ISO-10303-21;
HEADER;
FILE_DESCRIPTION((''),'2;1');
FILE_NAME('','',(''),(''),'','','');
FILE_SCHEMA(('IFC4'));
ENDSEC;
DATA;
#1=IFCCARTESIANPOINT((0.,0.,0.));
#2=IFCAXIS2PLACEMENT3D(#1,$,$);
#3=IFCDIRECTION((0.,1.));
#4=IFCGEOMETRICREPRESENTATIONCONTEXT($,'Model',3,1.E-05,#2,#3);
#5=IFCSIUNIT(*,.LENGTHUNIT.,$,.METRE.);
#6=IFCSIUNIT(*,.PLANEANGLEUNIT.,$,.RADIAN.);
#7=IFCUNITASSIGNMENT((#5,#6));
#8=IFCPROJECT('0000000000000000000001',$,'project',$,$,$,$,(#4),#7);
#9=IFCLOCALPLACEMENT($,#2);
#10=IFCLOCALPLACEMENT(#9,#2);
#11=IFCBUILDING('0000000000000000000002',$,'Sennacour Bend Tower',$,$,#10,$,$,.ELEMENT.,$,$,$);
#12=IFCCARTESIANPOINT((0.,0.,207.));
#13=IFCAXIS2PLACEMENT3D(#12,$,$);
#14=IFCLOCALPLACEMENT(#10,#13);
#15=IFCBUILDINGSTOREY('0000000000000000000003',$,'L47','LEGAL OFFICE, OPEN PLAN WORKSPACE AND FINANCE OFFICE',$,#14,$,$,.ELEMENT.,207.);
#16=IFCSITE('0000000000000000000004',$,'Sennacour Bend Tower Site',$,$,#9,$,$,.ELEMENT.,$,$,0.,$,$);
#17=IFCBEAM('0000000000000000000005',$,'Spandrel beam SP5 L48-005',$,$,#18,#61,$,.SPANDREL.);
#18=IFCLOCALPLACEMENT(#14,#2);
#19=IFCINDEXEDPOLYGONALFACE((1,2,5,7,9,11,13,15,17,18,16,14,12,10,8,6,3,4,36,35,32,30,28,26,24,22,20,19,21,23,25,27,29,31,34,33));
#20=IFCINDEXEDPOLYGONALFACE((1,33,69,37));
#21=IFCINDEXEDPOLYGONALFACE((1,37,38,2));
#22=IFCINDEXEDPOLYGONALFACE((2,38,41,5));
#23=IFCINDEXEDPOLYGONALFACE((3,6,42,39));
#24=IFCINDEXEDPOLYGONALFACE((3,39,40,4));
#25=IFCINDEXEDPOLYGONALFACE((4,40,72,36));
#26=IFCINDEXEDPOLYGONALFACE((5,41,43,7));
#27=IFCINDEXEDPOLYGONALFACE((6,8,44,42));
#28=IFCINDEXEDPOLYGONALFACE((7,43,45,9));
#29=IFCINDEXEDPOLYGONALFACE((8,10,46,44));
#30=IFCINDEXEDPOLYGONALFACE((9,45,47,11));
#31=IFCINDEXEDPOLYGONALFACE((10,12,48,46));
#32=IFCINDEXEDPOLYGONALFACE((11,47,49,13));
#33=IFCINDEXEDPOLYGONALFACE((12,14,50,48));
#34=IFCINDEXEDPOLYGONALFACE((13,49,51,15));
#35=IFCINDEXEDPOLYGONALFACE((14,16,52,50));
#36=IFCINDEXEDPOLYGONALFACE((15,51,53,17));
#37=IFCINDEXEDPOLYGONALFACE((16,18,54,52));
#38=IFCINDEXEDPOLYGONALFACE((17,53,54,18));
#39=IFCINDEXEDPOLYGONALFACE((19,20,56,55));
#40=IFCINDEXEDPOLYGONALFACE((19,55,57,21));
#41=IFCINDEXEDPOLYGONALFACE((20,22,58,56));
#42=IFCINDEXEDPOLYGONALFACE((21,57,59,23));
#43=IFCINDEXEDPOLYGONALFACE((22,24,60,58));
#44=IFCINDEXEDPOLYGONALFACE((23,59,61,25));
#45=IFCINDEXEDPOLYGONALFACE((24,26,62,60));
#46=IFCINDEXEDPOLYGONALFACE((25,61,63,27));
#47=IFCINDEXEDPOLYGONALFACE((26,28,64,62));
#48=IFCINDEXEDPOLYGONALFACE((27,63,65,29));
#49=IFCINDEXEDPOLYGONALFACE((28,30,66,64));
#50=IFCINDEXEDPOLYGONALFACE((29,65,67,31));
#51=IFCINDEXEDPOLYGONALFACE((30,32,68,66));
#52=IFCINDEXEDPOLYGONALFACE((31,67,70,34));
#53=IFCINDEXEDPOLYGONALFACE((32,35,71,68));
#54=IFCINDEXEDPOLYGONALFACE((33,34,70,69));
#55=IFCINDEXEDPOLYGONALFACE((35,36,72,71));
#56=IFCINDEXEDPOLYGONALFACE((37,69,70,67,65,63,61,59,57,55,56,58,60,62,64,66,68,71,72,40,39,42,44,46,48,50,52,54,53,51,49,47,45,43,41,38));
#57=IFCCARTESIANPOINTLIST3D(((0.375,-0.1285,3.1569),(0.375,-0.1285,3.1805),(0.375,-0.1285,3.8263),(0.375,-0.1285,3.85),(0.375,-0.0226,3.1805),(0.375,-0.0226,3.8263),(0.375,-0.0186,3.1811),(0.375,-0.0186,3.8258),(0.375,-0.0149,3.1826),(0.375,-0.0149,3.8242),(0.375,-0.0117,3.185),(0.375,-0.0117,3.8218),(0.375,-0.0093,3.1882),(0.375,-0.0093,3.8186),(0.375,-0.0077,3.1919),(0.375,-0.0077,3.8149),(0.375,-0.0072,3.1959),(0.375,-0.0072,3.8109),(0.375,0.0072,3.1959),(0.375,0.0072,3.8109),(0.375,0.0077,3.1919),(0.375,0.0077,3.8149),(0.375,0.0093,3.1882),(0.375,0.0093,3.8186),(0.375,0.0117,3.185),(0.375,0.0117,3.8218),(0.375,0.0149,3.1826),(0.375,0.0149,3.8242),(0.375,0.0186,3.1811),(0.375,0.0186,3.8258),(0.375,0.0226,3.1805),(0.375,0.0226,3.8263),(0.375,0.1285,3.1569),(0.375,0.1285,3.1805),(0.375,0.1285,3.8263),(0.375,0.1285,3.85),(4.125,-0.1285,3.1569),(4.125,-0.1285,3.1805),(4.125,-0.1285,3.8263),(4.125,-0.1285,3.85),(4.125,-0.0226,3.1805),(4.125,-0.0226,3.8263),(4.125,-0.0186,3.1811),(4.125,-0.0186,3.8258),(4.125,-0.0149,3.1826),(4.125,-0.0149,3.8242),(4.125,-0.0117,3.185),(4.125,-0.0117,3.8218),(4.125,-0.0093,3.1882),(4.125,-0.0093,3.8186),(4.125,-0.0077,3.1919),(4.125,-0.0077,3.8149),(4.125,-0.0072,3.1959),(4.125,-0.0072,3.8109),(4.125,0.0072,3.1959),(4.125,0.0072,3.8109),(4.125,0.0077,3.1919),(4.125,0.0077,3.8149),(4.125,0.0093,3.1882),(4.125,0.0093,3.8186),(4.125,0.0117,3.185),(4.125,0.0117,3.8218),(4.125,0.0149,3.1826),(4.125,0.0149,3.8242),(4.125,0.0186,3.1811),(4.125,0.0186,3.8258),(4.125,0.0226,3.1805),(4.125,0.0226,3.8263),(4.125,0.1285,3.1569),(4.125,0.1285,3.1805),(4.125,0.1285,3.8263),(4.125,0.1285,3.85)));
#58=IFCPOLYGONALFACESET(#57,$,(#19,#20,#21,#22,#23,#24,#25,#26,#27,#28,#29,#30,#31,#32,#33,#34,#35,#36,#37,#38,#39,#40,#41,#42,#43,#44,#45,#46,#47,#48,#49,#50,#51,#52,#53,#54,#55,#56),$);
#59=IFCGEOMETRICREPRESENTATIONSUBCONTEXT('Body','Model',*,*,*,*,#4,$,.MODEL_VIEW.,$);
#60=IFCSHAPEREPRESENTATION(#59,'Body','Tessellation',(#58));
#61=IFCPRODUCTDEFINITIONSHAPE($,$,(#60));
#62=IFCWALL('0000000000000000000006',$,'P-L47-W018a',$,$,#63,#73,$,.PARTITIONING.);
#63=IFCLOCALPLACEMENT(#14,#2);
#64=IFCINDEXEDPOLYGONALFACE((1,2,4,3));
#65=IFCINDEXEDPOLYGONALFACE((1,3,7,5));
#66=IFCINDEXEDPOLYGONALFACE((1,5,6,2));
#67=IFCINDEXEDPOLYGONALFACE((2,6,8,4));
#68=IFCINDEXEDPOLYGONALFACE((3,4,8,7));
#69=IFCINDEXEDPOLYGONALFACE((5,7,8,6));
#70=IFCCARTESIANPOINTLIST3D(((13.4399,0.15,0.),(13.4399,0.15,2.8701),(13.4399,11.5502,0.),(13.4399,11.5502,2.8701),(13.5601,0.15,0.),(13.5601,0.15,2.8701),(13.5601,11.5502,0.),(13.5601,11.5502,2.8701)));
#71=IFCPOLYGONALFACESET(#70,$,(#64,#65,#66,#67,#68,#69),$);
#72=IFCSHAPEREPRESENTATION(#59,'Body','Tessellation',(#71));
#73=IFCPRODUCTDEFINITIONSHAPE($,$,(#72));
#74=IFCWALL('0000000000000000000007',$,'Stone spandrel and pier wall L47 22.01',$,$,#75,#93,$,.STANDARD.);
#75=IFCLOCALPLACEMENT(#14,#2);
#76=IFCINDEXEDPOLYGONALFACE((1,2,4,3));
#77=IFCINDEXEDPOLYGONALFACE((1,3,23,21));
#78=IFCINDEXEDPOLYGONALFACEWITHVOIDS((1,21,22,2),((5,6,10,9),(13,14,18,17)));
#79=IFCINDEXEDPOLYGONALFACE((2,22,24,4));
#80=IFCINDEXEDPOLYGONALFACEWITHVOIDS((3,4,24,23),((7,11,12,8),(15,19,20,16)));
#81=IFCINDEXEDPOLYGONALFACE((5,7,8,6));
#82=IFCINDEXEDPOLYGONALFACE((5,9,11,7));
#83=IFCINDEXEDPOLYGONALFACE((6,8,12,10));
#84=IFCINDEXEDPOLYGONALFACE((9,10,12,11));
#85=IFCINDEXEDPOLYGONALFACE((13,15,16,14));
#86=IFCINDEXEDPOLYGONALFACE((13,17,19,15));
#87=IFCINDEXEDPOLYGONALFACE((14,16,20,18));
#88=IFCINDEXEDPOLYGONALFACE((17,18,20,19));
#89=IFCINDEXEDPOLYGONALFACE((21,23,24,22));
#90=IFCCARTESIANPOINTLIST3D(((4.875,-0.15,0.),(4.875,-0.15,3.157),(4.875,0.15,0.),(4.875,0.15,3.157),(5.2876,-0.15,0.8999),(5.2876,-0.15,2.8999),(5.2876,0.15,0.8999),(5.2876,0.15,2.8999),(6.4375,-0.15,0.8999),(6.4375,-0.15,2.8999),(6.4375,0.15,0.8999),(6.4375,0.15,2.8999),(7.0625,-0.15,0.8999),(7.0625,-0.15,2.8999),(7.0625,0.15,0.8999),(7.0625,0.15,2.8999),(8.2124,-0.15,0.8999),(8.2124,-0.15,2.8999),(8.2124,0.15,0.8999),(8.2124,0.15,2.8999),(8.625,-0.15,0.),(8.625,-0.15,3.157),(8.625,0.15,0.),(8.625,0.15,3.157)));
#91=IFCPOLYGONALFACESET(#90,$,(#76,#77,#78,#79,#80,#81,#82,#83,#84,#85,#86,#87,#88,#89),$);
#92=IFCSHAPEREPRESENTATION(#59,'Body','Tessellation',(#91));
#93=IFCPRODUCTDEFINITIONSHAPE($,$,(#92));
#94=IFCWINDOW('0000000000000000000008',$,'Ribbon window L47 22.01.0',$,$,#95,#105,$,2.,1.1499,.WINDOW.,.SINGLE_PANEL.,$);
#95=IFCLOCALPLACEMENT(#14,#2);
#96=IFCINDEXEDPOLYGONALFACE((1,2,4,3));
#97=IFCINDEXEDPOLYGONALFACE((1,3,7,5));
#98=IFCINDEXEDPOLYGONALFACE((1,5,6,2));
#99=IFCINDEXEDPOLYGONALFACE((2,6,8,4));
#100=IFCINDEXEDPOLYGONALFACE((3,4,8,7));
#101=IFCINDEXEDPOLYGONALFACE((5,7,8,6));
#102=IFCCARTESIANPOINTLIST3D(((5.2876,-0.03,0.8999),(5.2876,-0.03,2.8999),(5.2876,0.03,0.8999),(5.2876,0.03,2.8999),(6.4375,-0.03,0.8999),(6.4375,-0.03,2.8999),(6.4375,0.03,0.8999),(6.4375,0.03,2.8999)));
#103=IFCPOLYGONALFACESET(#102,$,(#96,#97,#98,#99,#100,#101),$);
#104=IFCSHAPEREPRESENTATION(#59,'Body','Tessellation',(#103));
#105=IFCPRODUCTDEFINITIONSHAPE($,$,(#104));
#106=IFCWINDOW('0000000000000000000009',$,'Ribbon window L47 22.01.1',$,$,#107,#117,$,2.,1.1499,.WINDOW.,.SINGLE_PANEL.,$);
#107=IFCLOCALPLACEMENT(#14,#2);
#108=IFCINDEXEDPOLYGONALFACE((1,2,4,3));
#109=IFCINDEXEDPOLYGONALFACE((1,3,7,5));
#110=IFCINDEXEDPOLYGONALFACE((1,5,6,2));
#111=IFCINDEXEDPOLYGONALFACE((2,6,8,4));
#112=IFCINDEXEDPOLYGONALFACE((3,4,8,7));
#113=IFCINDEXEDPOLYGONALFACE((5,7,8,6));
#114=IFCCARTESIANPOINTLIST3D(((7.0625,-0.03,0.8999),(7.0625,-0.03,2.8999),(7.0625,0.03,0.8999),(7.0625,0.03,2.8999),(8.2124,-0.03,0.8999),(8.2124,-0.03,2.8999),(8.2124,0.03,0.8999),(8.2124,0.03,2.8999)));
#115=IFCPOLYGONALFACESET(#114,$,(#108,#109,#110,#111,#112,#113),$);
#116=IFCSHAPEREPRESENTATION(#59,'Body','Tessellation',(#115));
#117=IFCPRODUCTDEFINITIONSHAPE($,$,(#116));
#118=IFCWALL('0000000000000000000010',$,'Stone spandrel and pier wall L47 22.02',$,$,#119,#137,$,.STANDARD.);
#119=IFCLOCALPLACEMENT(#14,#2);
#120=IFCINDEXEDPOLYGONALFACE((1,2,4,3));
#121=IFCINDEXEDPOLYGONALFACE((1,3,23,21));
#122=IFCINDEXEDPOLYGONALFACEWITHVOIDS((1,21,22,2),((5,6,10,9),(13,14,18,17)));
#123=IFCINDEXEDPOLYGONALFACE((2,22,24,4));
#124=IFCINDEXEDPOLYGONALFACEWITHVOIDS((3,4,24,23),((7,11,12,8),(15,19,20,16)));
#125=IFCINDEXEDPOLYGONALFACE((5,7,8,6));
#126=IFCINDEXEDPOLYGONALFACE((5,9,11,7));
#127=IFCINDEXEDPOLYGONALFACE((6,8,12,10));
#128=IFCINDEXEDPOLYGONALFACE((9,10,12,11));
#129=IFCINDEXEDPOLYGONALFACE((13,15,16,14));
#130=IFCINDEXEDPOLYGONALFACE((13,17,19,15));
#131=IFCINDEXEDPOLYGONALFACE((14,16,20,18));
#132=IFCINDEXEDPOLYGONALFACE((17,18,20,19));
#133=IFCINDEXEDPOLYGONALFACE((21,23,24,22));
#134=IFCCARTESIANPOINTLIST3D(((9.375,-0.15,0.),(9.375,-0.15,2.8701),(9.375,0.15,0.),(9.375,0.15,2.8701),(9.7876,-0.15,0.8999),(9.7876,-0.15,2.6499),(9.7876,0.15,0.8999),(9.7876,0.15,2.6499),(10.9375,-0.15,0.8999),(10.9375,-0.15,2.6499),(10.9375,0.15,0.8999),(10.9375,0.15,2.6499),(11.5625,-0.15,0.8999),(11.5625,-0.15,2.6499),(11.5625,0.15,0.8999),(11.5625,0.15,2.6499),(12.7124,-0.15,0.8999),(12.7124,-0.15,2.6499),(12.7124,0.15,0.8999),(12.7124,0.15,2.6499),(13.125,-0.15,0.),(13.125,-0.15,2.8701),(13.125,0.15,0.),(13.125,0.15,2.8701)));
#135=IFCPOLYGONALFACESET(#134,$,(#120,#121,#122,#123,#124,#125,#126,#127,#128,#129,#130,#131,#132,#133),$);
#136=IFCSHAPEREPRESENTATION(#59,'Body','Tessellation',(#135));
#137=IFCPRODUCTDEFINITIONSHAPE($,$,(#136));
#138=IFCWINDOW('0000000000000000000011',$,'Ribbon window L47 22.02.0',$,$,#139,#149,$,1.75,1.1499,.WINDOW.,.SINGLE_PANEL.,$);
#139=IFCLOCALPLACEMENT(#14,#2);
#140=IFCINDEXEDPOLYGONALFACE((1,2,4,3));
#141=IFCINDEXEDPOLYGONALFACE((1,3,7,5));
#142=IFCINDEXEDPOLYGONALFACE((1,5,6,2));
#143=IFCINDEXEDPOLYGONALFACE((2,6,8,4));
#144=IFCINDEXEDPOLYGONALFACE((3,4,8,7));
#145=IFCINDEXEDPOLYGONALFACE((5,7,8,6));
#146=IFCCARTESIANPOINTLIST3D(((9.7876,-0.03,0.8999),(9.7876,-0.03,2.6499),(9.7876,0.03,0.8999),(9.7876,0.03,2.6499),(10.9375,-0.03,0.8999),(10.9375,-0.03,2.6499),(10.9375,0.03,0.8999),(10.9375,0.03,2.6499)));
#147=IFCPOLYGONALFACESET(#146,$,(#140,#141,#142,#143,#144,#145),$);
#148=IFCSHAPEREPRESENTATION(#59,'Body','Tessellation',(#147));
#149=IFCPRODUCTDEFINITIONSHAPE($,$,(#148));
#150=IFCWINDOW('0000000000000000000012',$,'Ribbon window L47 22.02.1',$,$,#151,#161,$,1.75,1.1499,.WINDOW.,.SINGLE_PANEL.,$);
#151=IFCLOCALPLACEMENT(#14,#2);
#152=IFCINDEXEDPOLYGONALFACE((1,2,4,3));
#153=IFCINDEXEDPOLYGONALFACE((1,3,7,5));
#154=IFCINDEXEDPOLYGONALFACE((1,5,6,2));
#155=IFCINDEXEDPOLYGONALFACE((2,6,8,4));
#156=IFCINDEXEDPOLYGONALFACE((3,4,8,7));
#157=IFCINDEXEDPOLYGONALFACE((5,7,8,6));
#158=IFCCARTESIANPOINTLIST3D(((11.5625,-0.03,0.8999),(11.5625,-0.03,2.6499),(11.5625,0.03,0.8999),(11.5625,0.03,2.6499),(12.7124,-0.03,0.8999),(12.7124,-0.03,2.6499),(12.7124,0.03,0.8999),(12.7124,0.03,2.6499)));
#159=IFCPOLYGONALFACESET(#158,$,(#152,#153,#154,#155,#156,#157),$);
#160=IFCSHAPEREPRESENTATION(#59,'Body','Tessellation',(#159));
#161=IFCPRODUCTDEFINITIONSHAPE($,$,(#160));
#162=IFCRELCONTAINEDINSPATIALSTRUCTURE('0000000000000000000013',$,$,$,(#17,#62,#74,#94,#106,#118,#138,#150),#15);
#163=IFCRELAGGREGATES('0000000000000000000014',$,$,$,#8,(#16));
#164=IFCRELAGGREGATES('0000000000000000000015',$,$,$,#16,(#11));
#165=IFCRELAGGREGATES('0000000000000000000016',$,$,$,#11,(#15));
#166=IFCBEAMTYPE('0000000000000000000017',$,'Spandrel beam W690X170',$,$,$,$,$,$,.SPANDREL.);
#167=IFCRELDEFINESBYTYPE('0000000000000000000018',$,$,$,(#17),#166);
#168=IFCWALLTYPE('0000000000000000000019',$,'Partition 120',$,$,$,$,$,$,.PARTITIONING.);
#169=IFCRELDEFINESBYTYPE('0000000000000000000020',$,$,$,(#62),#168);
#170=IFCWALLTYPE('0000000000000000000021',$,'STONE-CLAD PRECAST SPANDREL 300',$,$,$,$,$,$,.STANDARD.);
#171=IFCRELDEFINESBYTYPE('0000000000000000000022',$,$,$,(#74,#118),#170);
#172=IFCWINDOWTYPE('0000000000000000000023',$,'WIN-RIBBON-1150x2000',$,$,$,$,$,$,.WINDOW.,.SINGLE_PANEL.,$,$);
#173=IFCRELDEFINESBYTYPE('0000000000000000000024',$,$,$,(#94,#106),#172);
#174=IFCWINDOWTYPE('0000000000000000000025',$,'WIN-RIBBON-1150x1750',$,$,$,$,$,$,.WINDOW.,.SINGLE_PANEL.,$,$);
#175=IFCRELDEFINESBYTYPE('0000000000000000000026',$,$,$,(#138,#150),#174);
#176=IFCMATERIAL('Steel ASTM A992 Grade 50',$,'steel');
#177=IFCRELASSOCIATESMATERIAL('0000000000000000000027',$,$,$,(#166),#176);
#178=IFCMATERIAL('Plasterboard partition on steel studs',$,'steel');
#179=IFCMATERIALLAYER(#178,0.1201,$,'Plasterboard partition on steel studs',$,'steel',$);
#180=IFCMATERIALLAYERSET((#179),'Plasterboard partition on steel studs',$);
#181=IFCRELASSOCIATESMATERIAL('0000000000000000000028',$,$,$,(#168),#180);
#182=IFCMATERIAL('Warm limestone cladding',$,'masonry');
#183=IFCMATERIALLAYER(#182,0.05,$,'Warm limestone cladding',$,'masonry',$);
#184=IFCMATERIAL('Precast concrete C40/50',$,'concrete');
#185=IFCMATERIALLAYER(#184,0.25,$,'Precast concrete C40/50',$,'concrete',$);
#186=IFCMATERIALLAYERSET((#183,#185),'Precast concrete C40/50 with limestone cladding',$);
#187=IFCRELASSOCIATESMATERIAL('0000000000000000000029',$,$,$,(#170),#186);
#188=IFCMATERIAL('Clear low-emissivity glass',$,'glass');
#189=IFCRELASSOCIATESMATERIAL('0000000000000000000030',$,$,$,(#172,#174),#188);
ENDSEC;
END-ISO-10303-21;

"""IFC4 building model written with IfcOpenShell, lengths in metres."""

from ifc_helpers import new_model, si_unit, direction, frame, frame_2d, origin, origin_2d, place, context, subcontext, project, spatial, rectangle, i_section, extrude, material, layer, layer_set, material_profile, profile_set, type_object, element, fill, save


model = new_model("IFC4")

# Units and contexts
model_context = context("Model", 3, precision=1e-05, world=origin(), true_north=direction((0.0, 1.0)))
body_context = subcontext(model_context, "Body", "Model", "MODEL_VIEW")
ifc_project = project(units=[si_unit("LENGTHUNIT", "METRE"), si_unit("PLANEANGLEUNIT", "RADIAN")], contexts=[model_context])

# Site, building, storey
site_placement = place(None, origin())
site = spatial("IfcSite", under=ifc_project, at=site_placement, Name="Sennacour Bend Tower Site", CompositionType="ELEMENT", RefElevation=0.0)
building_placement = place(site_placement, origin())
building = spatial("IfcBuilding", under=site, at=building_placement, Name="Sennacour Bend Tower", CompositionType="ELEMENT")
storey_placement = place(building_placement, frame((0.0, 0.0, 207.0)))
storey = spatial("IfcBuildingStorey", under=building, at=storey_placement, Name="L47", Description="LEGAL OFFICE, OPEN PLAN WORKSPACE AND FINANCE OFFICE", CompositionType="ELEMENT", Elevation=207.0)

# Beam
ifc_material_1 = material(Name="Steel ASTM A992 Grade 50", Category="steel")
ifc_material_profile_1 = material_profile(ifc_material_1, i_section(OverallWidth=0.2571, OverallDepth=0.6931, WebThickness=0.0144, FlangeThickness=0.0237, FilletRadius=0.0154, at=origin_2d()), Name="Steel ASTM A992 Grade 50", Category="steel")
ifc_profile_set_1 = profile_set([ifc_material_profile_1], Name="Steel ASTM A992 Grade 50")
beam_type_1 = type_object("IfcBeamType", Name="Spandrel beam W690X170", PredefinedType="SPANDREL", material=ifc_profile_set_1)
for number, where, z_axis, x_axis, name in (
    (1, (4.125, 0.0, 3.5034), (-1.0, 0.0, 0.0), (0.0, -1.0, 0.0), "Spandrel beam SP5 L48-005"),
):
    element("IfcBeam", number, at=place(storey_placement, frame(where, z_axis=z_axis, x_axis=x_axis)), inside=storey, type_object=beam_type_1, Name=name, PredefinedType="SPANDREL", context=body_context, shape_type="SweptSolid", body=[
        extrude(i_section(OverallWidth=0.2571, OverallDepth=0.6931, WebThickness=0.0144, FlangeThickness=0.0237, FilletRadius=0.0154, at=origin_2d()), origin(), (0.0, 0.0, 1.0), 3.75),
    ])

# Wall
ifc_material_2 = material(Name="Plasterboard partition on steel studs", Category="steel")
ifc_layer_1 = layer(ifc_material_2, 0.1201, Name="Plasterboard partition on steel studs", Category="steel")
ifc_layer_set_1 = layer_set([ifc_layer_1], Name="Plasterboard partition on steel studs")
wall_type_1 = type_object("IfcWallType", Name="Partition 120", PredefinedType="PARTITIONING", material=ifc_layer_set_1)
wall_1_placement = place(storey_placement, frame((13.5, 0.1499, 0.0), z_axis=(0.0, 0.0, 1.0), x_axis=(0.0, 1.0, 0.0)))
element("IfcWall", 2, at=wall_1_placement, inside=storey, type_object=wall_type_1, Name="P-L47-W018a", PredefinedType="PARTITIONING", context=body_context, shape_type="SweptSolid", body=[
    extrude(rectangle(XDim=11.4001, YDim=0.1201, at=frame_2d((5.7002, 0.0))), origin(), (0.0, 0.0, 1.0), 2.8701),
])

# Walls, openings, windows
ifc_material_3 = material(Name="Warm limestone cladding", Category="masonry")
ifc_layer_2 = layer(ifc_material_3, 0.05, Name="Warm limestone cladding", Category="masonry")
ifc_material_4 = material(Name="Precast concrete C40/50", Category="concrete")
ifc_layer_3 = layer(ifc_material_4, 0.25, Name="Precast concrete C40/50", Category="concrete")
ifc_layer_set_2 = layer_set([ifc_layer_2, ifc_layer_3], Name="Precast concrete C40/50 with limestone cladding")
wall_type_2 = type_object("IfcWallType", Name="STONE-CLAD PRECAST SPANDREL 300", PredefinedType="STANDARD", material=ifc_layer_set_2)
wall_2_placement = place(storey_placement, frame((4.875, 0.0, 0.0), z_axis=(0.0, 0.0, 1.0), x_axis=(1.0, 0.0, 0.0)))
wall_2 = element("IfcWall", 3, at=wall_2_placement, inside=storey, type_object=wall_type_2, Name="Stone spandrel and pier wall L47 22.01", PredefinedType="STANDARD", context=body_context, shape_type="SweptSolid", body=[
    extrude(rectangle(XDim=3.75, YDim=0.3, at=frame_2d((1.875, 0.0))), origin(), (0.0, 0.0, 1.0), 3.157),
])
opening_1_placement = place(wall_2_placement, frame((0.4126, 0.0, 0.8999)))
opening_1 = element("IfcOpeningElement", 4, at=opening_1_placement, cuts=wall_2, PredefinedType="OPENING", context=body_context, shape_type="SweptSolid", body=[
    extrude(rectangle(XDim=1.1499, YDim=2.0, at=frame_2d((0.575, 1.0))), frame((0.0, 0.1602, 0.0), z_axis=(0.0, -1.0, 0.0), x_axis=(1.0, 0.0, 0.0)), (0.0, 0.0, 1.0), 0.3201),
])
opening_2_placement = place(wall_2_placement, frame((2.1875, 0.0, 0.8999)))
opening_2 = element("IfcOpeningElement", 5, at=opening_2_placement, cuts=wall_2, PredefinedType="OPENING", context=body_context, shape_type="SweptSolid", body=[
    extrude(rectangle(XDim=1.1499, YDim=2.0, at=frame_2d((0.575, 1.0))), frame((0.0, 0.1602, 0.0), z_axis=(0.0, -1.0, 0.0), x_axis=(1.0, 0.0, 0.0)), (0.0, 0.0, 1.0), 0.3201),
])
ifc_material_5 = material(Name="Clear low-emissivity glass", Category="glass")
window_type_1 = type_object("IfcWindowType", Name="WIN-RIBBON-1150x2000", PartitioningType="SINGLE_PANEL", PredefinedType="WINDOW", material=ifc_material_5)
window_1_placement = place(opening_1_placement, origin())
window_1 = element("IfcWindow", 6, at=window_1_placement, inside=storey, type_object=window_type_1, Name="Ribbon window L47 22.01.0", OverallHeight=2.0, OverallWidth=1.1499, PartitioningType="SINGLE_PANEL", PredefinedType="WINDOW", context=body_context, shape_type="SweptSolid", body=[
    extrude(rectangle(XDim=1.1499, YDim=2.0, at=frame_2d((0.575, 1.0))), frame((0.0, 0.03, 0.0), z_axis=(0.0, -1.0, 0.0), x_axis=(1.0, 0.0, 0.0)), (0.0, 0.0, 1.0), 0.0601),
])
fill(opening_1, window_1)
window_2_placement = place(opening_2_placement, origin())
window_2 = element("IfcWindow", 7, at=window_2_placement, inside=storey, type_object=window_type_1, Name="Ribbon window L47 22.01.1", OverallHeight=2.0, OverallWidth=1.1499, PartitioningType="SINGLE_PANEL", PredefinedType="WINDOW", context=body_context, shape_type="SweptSolid", body=[
    extrude(rectangle(XDim=1.1499, YDim=2.0, at=frame_2d((0.575, 1.0))), frame((0.0, 0.03, 0.0), z_axis=(0.0, -1.0, 0.0), x_axis=(1.0, 0.0, 0.0)), (0.0, 0.0, 1.0), 0.0601),
])
fill(opening_2, window_2)
wall_3_placement = place(storey_placement, frame((9.375, 0.0, 0.0), z_axis=(0.0, 0.0, 1.0), x_axis=(1.0, 0.0, 0.0)))
wall_3 = element("IfcWall", 8, at=wall_3_placement, inside=storey, type_object=wall_type_2, Name="Stone spandrel and pier wall L47 22.02", PredefinedType="STANDARD", context=body_context, shape_type="SweptSolid", body=[
    extrude(rectangle(XDim=3.75, YDim=0.3, at=frame_2d((1.875, 0.0))), origin(), (0.0, 0.0, 1.0), 2.8701),
])
opening_3_placement = place(wall_3_placement, frame((0.4126, 0.0, 0.8999)))
opening_3 = element("IfcOpeningElement", 9, at=opening_3_placement, cuts=wall_3, PredefinedType="OPENING", context=body_context, shape_type="SweptSolid", body=[
    extrude(rectangle(XDim=1.1499, YDim=1.75, at=frame_2d((0.575, 0.875))), frame((0.0, 0.1602, 0.0), z_axis=(0.0, -1.0, 0.0), x_axis=(1.0, 0.0, 0.0)), (0.0, 0.0, 1.0), 0.3201),
])
opening_4_placement = place(wall_3_placement, frame((2.1875, 0.0, 0.8999)))
opening_4 = element("IfcOpeningElement", 10, at=opening_4_placement, cuts=wall_3, PredefinedType="OPENING", context=body_context, shape_type="SweptSolid", body=[
    extrude(rectangle(XDim=1.1499, YDim=1.75, at=frame_2d((0.575, 0.875))), frame((0.0, 0.1602, 0.0), z_axis=(0.0, -1.0, 0.0), x_axis=(1.0, 0.0, 0.0)), (0.0, 0.0, 1.0), 0.3201),
])
window_type_2 = type_object("IfcWindowType", Name="WIN-RIBBON-1150x1750", PartitioningType="SINGLE_PANEL", PredefinedType="WINDOW", material=ifc_material_5)
window_3_placement = place(opening_3_placement, origin())
window_3 = element("IfcWindow", 11, at=window_3_placement, inside=storey, type_object=window_type_2, Name="Ribbon window L47 22.02.0", OverallHeight=1.75, OverallWidth=1.1499, PartitioningType="SINGLE_PANEL", PredefinedType="WINDOW", context=body_context, shape_type="SweptSolid", body=[
    extrude(rectangle(XDim=1.1499, YDim=1.75, at=frame_2d((0.575, 0.875))), frame((0.0, 0.03, 0.0), z_axis=(0.0, -1.0, 0.0), x_axis=(1.0, 0.0, 0.0)), (0.0, 0.0, 1.0), 0.0601),
])
fill(opening_3, window_3)
window_4_placement = place(opening_4_placement, origin())
window_4 = element("IfcWindow", 12, at=window_4_placement, inside=storey, type_object=window_type_2, Name="Ribbon window L47 22.02.1", OverallHeight=1.75, OverallWidth=1.1499, PartitioningType="SINGLE_PANEL", PredefinedType="WINDOW", context=body_context, shape_type="SweptSolid", body=[
    extrude(rectangle(XDim=1.1499, YDim=1.75, at=frame_2d((0.575, 0.875))), frame((0.0, 0.03, 0.0), z_axis=(0.0, -1.0, 0.0), x_axis=(1.0, 0.0, 0.0)), (0.0, 0.0, 1.0), 0.0601),
])
fill(opening_4, window_4)

save(model, "model.ifc")
